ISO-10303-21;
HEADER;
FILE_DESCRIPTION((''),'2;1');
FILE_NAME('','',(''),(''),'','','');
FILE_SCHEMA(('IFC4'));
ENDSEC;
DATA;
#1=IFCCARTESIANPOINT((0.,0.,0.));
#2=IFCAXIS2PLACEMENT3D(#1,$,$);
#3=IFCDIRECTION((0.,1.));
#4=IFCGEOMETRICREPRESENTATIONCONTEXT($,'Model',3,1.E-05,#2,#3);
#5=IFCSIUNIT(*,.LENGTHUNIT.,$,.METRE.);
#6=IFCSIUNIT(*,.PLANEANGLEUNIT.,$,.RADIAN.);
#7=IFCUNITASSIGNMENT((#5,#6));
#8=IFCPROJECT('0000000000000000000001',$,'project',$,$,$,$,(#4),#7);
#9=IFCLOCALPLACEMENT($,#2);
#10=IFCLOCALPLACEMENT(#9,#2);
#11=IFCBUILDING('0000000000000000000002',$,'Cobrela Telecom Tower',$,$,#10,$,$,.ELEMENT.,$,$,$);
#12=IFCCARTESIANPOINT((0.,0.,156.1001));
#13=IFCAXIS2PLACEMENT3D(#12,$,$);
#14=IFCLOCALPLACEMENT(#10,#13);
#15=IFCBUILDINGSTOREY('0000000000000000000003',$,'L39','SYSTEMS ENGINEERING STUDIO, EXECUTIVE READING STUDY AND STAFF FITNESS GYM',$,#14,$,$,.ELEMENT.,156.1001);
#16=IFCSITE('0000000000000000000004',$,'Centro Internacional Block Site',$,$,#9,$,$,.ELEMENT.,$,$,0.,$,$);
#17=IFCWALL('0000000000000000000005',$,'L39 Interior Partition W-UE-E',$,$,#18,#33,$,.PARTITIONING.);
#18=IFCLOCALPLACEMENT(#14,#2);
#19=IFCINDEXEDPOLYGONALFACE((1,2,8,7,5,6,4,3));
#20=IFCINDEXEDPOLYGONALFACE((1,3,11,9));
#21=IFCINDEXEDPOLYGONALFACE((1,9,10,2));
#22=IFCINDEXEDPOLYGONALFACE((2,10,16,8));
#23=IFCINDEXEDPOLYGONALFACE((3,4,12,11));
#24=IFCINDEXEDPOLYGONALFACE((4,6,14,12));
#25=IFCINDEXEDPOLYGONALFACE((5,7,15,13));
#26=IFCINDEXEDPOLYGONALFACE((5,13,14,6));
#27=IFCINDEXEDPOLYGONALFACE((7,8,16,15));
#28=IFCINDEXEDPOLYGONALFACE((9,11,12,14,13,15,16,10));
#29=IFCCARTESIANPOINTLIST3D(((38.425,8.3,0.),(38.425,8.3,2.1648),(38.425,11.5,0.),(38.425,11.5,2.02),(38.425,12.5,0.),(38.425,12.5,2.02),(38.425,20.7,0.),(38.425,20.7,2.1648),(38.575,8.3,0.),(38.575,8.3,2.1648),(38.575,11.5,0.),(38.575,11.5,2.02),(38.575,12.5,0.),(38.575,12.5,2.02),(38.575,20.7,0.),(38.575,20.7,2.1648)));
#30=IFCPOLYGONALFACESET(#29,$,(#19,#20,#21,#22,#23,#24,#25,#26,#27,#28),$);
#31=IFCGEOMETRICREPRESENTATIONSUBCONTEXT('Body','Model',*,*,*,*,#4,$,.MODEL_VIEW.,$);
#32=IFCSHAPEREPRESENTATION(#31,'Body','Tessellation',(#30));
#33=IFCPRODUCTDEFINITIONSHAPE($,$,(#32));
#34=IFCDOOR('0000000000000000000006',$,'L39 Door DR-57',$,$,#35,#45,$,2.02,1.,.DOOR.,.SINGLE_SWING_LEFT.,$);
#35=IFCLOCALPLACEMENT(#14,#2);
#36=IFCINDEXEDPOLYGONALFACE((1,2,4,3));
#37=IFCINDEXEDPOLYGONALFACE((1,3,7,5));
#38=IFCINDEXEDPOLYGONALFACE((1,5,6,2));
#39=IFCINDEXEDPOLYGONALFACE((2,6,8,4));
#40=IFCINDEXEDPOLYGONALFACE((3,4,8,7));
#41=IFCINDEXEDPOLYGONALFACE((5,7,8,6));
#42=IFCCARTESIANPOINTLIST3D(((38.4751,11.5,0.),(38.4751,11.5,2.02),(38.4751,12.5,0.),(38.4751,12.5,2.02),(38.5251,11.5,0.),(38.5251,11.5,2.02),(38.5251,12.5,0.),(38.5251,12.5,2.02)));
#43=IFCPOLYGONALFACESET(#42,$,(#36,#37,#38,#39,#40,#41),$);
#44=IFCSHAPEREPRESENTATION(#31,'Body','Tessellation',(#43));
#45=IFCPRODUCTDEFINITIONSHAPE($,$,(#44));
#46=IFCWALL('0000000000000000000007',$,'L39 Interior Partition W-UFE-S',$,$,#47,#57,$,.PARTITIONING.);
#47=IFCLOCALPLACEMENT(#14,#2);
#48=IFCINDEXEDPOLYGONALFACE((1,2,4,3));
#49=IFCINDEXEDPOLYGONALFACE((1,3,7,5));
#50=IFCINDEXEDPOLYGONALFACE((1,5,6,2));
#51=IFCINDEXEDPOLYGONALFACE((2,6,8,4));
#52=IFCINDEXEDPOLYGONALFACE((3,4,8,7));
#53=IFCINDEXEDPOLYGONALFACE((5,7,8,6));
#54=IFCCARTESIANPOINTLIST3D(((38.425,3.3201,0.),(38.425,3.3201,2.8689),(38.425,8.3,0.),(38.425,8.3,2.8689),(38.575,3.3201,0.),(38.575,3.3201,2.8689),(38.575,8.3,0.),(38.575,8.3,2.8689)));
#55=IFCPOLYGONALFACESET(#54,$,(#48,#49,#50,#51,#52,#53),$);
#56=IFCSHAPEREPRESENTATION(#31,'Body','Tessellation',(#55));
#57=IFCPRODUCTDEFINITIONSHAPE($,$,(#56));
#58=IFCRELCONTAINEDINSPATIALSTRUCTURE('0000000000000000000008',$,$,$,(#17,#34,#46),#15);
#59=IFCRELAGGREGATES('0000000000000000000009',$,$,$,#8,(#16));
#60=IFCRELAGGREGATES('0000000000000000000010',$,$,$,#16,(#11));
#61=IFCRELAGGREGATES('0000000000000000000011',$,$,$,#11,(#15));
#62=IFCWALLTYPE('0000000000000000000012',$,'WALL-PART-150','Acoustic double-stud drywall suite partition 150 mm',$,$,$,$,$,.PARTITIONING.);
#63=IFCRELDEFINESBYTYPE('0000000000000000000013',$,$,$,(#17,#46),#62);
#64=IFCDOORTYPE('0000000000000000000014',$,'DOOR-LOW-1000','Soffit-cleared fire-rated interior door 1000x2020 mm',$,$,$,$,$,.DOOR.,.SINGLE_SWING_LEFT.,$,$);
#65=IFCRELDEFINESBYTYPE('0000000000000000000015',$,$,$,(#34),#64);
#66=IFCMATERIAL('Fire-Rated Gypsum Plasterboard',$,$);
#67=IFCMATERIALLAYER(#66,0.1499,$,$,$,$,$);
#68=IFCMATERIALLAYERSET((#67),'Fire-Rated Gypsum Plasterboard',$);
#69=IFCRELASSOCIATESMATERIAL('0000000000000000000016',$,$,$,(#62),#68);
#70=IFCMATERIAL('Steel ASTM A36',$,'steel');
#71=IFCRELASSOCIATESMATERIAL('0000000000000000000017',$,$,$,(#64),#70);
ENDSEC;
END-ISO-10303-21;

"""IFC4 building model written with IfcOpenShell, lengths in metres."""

from ifc_helpers import new_model, si_unit, direction, frame, frame_2d, origin, place, context, subcontext, project, spatial, rectangle, extrude, material, layer, layer_set, type_object, element, fill, save


model = new_model("IFC4")

# Units and contexts
model_context = context("Model", 3, precision=1e-05, world=origin(), true_north=direction((0.0, 1.0)))
body_context = subcontext(model_context, "Body", "Model", "MODEL_VIEW")
ifc_project = project(units=[si_unit("LENGTHUNIT", "METRE"), si_unit("PLANEANGLEUNIT", "RADIAN")], contexts=[model_context])

# Site, building, storey
site_placement = place(None, origin())
site = spatial("IfcSite", under=ifc_project, at=site_placement, Name="Centro Internacional Block Site", CompositionType="ELEMENT", RefElevation=0.0)
building_placement = place(site_placement, origin())
building = spatial("IfcBuilding", under=site, at=building_placement, Name="Cobrela Telecom Tower", CompositionType="ELEMENT")
storey_placement = place(building_placement, frame((0.0, 0.0, 156.1001)))
storey = spatial("IfcBuildingStorey", under=building, at=storey_placement, Name="L39", Description="SYSTEMS ENGINEERING STUDIO, EXECUTIVE READING STUDY AND STAFF FITNESS GYM", CompositionType="ELEMENT", Elevation=156.1001)

# Shared definitions
ifc_material_1 = material(Name="Fire-Rated Gypsum Plasterboard")

# Wall, opening, door
ifc_layer_1 = layer(ifc_material_1, 0.1499)
ifc_layer_set_1 = layer_set([ifc_layer_1], Name="Fire-Rated Gypsum Plasterboard")
wall_type_1 = type_object("IfcWallType", Name="WALL-PART-150", Description="Acoustic double-stud drywall suite partition 150 mm", PredefinedType="PARTITIONING", material=ifc_layer_set_1)
wall_1_placement = place(storey_placement, frame((38.5, 8.3, 0.0), z_axis=(0.0, 0.0, 1.0), x_axis=(0.0, 1.0, 0.0)))
wall_1 = element("IfcWall", 1, at=wall_1_placement, inside=storey, type_object=wall_type_1, Name="L39 Interior Partition W-UE-E", PredefinedType="PARTITIONING", context=body_context, shape_type="SweptSolid", body=[
    extrude(rectangle(XDim=12.3999, YDim=0.1499, at=frame_2d((6.2, 0.0))), origin(), (0.0, 0.0, 1.0), 2.1648),
])
opening_placement = place(wall_1_placement, frame((3.2, 0.0, 0.0)))
opening = element("IfcOpeningElement", 2, at=opening_placement, cuts=wall_1, PredefinedType="OPENING", context=body_context, shape_type="SweptSolid", body=[
    extrude(rectangle(XDim=1.0, YDim=2.02, at=frame_2d((0.5, 1.01))), frame((0.0, 0.0869, 0.0), z_axis=(0.0, -1.0, 0.0), x_axis=(1.0, 0.0, 0.0)), (0.0, 0.0, 1.0), 0.1738),
])
ifc_material_2 = material(Name="Steel ASTM A36", Category="steel")
door_type = type_object("IfcDoorType", Name="DOOR-LOW-1000", Description="Soffit-cleared fire-rated interior door 1000x2020 mm", OperationType="SINGLE_SWING_LEFT", PredefinedType="DOOR", material=ifc_material_2)
door_placement = place(opening_placement, origin())
door = element("IfcDoor", 3, at=door_placement, inside=storey, type_object=door_type, Name="L39 Door DR-57", OperationType="SINGLE_SWING_LEFT", OverallHeight=2.02, OverallWidth=1.0, PredefinedType="DOOR", context=body_context, shape_type="SweptSolid", body=[
    extrude(rectangle(XDim=1.0, YDim=2.02, at=frame_2d((0.5, 1.01))), frame((0.0, 0.0249, 0.0), z_axis=(0.0, -1.0, 0.0), x_axis=(1.0, 0.0, 0.0)), (0.0, 0.0, 1.0), 0.05),
])
fill(opening, door)

# Wall
wall_2_placement = place(storey_placement, frame((38.5, 3.3201, 0.0), z_axis=(0.0, 0.0, 1.0), x_axis=(0.0, 1.0, 0.0)))
element("IfcWall", 4, at=wall_2_placement, inside=storey, type_object=wall_type_1, Name="L39 Interior Partition W-UFE-S", PredefinedType="PARTITIONING", context=body_context, shape_type="SweptSolid", body=[
    extrude(rectangle(XDim=4.98, YDim=0.1499, at=frame_2d((2.49, 0.0))), origin(), (0.0, 0.0, 1.0), 2.8689),
])

save(model, "model.ifc")
